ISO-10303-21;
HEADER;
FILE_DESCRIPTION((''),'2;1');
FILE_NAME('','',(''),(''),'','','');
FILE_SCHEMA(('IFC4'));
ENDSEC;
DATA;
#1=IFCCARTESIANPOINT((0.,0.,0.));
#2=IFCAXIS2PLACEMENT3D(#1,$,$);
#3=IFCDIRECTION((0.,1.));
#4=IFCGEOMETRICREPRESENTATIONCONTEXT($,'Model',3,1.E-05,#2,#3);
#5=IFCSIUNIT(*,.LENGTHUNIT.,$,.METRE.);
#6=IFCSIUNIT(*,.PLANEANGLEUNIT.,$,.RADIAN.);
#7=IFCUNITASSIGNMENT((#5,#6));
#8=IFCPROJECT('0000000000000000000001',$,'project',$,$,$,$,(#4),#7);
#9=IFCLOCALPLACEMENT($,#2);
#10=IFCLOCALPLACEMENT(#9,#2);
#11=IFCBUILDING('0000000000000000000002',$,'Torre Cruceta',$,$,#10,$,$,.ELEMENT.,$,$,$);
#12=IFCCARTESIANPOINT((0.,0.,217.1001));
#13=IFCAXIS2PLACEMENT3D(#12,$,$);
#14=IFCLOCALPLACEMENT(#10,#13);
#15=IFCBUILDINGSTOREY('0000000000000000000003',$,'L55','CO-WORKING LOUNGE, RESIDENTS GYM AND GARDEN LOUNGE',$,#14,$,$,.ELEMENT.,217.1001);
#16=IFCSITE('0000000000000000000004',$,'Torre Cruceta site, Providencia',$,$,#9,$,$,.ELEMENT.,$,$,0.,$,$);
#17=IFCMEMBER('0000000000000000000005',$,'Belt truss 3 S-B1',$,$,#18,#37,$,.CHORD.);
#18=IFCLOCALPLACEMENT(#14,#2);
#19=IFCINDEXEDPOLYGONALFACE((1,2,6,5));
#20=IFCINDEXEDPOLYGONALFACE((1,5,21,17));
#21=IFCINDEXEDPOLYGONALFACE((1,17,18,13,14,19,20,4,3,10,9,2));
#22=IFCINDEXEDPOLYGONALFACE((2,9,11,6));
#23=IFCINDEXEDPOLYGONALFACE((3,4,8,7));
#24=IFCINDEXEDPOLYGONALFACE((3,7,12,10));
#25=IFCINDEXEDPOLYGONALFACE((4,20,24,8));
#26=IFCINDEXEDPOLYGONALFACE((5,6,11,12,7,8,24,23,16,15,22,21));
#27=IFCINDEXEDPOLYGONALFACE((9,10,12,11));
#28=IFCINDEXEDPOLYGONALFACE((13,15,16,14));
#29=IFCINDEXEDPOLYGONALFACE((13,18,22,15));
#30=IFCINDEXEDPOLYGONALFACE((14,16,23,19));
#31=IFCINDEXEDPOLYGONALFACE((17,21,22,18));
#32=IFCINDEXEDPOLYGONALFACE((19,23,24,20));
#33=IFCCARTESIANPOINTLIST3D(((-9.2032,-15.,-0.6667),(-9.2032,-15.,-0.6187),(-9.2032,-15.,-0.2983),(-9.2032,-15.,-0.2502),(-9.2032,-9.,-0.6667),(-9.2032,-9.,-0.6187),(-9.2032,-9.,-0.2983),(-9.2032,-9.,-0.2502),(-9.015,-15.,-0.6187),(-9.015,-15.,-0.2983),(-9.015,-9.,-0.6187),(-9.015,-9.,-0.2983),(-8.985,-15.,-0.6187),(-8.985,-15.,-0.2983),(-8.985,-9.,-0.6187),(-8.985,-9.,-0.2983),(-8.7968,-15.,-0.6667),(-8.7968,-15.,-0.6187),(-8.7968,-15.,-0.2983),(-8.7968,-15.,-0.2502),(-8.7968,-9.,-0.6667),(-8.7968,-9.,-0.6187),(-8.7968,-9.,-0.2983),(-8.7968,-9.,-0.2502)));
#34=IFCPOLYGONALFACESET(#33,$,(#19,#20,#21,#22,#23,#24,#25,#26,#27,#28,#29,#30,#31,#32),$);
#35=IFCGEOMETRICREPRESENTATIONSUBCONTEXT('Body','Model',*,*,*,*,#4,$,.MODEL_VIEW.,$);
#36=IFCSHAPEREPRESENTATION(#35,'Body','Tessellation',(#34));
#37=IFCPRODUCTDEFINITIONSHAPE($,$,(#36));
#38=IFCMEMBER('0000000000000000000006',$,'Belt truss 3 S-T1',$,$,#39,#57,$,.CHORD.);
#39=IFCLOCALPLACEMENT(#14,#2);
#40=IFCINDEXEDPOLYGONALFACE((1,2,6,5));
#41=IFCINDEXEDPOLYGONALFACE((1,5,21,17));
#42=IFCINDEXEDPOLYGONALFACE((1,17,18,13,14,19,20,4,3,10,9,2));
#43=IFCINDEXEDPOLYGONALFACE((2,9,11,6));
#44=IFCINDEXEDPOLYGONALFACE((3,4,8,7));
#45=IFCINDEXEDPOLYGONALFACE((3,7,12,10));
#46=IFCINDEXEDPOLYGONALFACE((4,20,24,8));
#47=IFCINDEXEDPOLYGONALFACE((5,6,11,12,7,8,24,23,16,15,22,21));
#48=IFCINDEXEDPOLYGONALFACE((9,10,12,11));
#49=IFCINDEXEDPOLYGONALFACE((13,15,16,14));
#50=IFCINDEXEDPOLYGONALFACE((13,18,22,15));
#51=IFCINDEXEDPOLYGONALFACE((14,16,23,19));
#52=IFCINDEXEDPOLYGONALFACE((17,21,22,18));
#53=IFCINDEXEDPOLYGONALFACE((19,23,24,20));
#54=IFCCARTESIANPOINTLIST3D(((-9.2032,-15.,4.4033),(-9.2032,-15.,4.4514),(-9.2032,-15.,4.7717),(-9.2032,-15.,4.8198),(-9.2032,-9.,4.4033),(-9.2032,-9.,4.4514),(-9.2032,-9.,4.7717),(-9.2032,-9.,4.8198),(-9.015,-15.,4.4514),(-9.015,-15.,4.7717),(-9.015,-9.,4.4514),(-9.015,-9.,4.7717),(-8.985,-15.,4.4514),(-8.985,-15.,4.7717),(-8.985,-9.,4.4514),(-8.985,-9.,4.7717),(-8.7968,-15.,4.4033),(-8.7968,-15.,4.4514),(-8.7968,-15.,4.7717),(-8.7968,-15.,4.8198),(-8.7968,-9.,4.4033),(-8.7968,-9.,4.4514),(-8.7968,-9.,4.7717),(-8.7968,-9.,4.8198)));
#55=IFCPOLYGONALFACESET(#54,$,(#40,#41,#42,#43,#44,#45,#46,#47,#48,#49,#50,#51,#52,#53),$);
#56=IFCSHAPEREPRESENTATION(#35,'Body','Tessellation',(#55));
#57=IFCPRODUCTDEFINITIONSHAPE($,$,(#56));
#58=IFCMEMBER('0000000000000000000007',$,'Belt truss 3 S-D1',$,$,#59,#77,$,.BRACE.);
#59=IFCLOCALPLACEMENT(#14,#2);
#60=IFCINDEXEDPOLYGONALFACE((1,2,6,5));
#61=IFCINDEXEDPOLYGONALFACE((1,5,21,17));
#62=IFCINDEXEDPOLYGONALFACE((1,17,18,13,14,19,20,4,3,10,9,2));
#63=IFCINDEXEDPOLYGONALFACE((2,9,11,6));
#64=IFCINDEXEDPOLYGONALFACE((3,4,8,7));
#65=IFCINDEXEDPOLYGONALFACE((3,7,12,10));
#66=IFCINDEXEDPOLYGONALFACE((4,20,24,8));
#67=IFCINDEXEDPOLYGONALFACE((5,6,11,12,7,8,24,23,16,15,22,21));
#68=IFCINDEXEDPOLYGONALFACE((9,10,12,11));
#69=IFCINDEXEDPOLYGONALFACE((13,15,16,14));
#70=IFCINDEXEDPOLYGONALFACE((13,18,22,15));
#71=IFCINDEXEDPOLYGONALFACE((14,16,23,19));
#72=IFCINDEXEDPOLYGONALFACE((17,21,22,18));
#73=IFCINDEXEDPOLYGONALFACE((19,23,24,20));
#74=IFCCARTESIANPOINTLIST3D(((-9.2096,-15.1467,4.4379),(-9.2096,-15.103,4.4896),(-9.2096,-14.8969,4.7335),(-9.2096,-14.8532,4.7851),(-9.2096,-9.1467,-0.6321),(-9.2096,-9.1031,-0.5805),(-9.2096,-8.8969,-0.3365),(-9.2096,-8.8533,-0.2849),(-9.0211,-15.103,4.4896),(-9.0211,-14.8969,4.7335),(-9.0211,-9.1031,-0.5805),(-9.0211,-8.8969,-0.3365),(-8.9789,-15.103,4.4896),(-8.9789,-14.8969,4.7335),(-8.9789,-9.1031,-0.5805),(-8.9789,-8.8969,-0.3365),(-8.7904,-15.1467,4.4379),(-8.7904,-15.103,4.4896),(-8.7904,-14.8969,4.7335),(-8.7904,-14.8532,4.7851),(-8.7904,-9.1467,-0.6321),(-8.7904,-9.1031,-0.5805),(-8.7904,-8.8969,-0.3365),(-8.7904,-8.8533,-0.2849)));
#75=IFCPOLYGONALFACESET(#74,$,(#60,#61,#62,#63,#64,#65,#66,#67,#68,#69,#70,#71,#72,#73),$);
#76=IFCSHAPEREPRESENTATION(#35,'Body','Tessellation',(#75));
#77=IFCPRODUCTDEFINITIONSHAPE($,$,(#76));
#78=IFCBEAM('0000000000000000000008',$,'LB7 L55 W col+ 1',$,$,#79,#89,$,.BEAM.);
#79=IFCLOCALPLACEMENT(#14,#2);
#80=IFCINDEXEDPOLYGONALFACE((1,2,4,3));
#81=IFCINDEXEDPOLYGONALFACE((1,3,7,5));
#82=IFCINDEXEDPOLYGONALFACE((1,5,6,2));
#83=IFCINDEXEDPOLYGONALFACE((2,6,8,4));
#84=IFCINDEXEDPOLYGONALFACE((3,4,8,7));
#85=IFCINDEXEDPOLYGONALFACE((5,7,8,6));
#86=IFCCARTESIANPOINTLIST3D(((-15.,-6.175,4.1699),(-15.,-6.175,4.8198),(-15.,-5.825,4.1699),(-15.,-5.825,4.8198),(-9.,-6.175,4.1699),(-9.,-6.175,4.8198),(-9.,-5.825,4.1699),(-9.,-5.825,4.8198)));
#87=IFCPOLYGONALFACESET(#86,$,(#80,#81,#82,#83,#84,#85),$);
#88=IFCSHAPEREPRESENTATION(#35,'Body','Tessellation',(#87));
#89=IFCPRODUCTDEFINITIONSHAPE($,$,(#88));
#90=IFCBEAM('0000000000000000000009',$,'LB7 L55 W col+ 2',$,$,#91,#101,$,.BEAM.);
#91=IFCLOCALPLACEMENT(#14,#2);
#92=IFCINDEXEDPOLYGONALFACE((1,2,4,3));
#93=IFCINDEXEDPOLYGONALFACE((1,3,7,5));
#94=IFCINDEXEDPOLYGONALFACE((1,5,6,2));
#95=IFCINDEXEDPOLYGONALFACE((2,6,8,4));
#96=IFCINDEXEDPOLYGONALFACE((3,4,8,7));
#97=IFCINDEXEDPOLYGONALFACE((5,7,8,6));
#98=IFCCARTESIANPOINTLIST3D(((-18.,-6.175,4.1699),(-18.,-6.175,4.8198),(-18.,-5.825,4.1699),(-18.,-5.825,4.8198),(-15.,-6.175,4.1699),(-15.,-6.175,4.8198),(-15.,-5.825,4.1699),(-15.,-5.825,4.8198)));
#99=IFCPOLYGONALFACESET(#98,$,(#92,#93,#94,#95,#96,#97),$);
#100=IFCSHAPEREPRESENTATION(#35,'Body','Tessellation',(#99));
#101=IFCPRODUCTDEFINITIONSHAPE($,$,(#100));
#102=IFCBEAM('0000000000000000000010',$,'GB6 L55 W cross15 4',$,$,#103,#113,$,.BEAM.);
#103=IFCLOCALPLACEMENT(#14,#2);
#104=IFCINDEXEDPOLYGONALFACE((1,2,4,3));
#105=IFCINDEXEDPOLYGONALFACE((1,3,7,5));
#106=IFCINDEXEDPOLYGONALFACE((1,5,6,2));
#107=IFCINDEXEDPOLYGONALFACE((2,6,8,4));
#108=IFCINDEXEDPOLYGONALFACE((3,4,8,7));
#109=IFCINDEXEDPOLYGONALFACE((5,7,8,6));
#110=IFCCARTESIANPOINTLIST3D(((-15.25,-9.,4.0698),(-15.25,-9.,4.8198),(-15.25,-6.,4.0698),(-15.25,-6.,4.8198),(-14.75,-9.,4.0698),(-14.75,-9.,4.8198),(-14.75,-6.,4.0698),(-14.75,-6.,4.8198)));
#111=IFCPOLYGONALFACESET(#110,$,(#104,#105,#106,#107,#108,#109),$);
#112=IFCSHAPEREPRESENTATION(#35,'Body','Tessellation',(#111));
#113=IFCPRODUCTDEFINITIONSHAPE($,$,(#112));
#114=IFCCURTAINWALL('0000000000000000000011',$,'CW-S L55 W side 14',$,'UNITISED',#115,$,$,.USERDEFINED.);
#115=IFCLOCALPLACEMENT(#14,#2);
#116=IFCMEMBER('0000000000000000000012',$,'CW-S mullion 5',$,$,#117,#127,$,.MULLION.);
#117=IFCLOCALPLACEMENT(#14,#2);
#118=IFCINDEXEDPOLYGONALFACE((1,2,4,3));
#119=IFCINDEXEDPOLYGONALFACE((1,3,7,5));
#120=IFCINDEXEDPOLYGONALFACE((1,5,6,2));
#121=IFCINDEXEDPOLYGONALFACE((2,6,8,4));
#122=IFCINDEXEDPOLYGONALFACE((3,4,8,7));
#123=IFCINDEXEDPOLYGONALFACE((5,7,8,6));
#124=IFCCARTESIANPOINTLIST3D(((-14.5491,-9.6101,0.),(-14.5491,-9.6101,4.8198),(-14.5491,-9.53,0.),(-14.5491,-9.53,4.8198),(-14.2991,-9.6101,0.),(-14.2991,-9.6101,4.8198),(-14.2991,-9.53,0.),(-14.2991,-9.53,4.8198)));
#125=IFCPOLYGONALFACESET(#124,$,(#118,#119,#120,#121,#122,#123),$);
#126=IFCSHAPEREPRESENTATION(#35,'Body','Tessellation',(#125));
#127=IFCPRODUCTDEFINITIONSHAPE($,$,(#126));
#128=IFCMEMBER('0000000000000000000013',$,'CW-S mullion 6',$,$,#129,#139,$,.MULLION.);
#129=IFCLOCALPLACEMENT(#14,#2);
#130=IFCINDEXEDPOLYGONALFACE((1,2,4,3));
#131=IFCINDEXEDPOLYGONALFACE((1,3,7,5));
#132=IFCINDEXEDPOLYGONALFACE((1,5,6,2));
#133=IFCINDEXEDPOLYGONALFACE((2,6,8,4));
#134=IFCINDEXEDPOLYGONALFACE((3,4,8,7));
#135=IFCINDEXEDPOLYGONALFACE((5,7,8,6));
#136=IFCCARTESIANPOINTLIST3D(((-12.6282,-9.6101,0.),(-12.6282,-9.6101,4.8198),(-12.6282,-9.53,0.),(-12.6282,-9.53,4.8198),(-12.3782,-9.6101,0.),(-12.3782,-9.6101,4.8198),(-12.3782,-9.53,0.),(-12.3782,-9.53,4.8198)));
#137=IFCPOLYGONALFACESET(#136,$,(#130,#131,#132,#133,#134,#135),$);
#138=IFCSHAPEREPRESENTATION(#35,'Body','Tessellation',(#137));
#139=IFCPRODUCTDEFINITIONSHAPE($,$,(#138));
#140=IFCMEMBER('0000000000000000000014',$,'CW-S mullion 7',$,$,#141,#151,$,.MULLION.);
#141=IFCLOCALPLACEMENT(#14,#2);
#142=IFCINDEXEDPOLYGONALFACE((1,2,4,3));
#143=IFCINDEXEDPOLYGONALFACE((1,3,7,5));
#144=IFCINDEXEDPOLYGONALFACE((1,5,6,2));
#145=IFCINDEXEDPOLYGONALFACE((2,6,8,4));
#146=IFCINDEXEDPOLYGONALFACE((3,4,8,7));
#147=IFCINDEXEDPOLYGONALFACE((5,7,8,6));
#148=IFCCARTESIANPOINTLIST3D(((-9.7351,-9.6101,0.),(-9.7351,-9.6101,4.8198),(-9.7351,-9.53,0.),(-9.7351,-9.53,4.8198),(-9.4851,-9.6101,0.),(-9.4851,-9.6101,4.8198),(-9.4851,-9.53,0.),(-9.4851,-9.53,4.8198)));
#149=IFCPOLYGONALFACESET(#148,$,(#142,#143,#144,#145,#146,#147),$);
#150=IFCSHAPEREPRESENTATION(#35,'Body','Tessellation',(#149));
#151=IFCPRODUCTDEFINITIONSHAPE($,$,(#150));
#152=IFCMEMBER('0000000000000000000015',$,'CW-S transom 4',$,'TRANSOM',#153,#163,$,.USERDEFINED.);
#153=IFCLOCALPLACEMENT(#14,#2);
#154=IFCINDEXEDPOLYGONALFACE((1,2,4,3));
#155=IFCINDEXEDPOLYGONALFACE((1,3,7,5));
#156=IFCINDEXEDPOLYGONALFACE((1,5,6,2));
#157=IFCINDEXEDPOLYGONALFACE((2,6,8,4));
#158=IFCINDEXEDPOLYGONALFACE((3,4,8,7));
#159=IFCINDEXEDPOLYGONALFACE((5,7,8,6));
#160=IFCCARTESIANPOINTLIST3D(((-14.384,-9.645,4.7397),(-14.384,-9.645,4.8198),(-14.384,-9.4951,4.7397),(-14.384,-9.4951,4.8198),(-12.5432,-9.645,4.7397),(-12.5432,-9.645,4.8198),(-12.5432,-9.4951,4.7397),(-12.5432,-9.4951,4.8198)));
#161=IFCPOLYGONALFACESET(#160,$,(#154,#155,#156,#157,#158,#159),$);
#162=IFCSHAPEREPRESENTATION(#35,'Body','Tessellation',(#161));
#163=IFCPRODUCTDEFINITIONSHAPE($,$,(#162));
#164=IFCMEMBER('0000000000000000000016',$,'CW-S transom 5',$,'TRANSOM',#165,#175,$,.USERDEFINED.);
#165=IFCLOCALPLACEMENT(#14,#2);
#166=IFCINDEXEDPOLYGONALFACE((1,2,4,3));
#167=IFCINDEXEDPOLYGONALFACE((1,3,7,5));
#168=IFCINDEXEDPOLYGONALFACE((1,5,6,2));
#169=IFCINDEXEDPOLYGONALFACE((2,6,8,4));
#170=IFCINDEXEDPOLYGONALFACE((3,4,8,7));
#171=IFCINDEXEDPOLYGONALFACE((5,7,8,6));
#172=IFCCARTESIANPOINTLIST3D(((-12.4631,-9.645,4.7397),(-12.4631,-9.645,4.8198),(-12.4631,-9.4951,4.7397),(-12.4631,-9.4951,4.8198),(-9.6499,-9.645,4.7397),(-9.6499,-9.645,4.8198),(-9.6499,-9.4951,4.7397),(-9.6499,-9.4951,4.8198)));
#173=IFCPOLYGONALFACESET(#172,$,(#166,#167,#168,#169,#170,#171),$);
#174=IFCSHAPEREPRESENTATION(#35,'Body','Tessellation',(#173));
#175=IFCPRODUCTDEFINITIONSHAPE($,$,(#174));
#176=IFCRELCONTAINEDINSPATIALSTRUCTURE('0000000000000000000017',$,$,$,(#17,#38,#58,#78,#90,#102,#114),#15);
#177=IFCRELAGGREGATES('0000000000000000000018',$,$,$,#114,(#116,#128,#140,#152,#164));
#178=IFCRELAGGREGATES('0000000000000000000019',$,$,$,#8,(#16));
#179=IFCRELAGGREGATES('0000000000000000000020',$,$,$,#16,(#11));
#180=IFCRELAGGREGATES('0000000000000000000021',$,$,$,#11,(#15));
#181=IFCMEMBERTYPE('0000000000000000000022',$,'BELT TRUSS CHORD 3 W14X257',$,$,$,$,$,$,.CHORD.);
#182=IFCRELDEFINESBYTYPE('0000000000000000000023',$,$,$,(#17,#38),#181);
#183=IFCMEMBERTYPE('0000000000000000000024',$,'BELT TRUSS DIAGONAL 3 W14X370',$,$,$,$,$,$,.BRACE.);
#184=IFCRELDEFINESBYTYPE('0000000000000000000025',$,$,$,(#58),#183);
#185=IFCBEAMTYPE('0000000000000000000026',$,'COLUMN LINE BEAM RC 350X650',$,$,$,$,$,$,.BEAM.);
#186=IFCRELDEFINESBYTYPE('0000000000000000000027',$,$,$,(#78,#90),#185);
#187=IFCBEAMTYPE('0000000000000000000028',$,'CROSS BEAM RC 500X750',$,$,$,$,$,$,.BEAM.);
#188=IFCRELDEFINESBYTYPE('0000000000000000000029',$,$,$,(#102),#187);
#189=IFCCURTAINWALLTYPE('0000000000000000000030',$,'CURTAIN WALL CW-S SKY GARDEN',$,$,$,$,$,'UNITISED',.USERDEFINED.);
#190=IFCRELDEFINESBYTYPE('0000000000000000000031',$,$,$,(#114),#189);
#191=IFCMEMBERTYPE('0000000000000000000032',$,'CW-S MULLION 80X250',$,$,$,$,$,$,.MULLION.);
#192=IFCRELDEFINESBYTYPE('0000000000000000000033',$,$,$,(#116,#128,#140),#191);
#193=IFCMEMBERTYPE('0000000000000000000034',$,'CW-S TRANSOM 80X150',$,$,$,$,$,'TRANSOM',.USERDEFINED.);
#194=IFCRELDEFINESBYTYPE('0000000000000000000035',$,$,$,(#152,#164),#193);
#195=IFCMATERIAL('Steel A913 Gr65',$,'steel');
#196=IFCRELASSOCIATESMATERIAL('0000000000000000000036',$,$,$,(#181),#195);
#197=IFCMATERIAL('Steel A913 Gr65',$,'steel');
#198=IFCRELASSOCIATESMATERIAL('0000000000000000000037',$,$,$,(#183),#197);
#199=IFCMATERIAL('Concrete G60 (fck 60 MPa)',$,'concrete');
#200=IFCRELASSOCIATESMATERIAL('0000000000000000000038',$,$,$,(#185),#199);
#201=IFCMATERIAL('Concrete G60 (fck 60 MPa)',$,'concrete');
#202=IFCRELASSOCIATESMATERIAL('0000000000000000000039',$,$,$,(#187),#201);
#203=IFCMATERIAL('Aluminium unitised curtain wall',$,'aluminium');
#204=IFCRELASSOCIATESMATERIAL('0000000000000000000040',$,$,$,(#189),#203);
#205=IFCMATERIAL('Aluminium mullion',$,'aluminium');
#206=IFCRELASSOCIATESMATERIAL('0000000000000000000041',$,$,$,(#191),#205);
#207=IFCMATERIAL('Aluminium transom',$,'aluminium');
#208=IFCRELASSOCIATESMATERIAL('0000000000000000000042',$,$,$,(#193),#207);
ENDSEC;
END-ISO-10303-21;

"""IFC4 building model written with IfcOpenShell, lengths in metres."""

from ifc_helpers import new_model, si_unit, direction, frame, origin, origin_2d, place, context, subcontext, project, spatial, rectangle, i_section, extrude, material, material_profile, profile_set, type_object, element, aggregate, save


model = new_model("IFC4")

# Units and contexts
model_context = context("Model", 3, precision=1e-05, world=origin(), true_north=direction((0.0, 1.0)))
body_context = subcontext(model_context, "Body", "Model", "MODEL_VIEW")
ifc_project = project(units=[si_unit("LENGTHUNIT", "METRE"), si_unit("PLANEANGLEUNIT", "RADIAN")], contexts=[model_context])

# Site, building, storey
site_placement = place(None, origin())
site = spatial("IfcSite", under=ifc_project, at=site_placement, Name="Torre Cruceta site, Providencia", CompositionType="ELEMENT", RefElevation=0.0)
building_placement = place(site_placement, origin())
building = spatial("IfcBuilding", under=site, at=building_placement, Name="Torre Cruceta", CompositionType="ELEMENT")
storey_placement = place(building_placement, frame((0.0, 0.0, 217.1001)))
storey = spatial("IfcBuildingStorey", under=building, at=storey_placement, Name="L55", Description="CO-WORKING LOUNGE, RESIDENTS GYM AND GARDEN LOUNGE", CompositionType="ELEMENT", Elevation=217.1001)

# Members
ifc_material_1 = material(Name="Steel A913 Gr65", Category="steel")
ifc_material_profile_1 = material_profile(ifc_material_1, i_section(OverallWidth=0.4065, OverallDepth=0.4165, WebThickness=0.03, FlangeThickness=0.0481, at=origin_2d()), Name="W14X257")
ifc_profile_set_1 = profile_set([ifc_material_profile_1], Name="Steel A913 Gr65")
member_type_1 = type_object("IfcMemberType", Name="BELT TRUSS CHORD 3 W14X257", PredefinedType="CHORD", material=ifc_profile_set_1)
for number, where, z_axis, x_axis, name in (
    (1, (-9.0, -9.0, -0.4585), (0.0, -1.0, 0.0), (1.0, 0.0, 0.0), "Belt truss 3 S-B1"),
    (2, (-9.0, -9.0, 4.6116), (0.0, -1.0, 0.0), (1.0, 0.0, 0.0), "Belt truss 3 S-T1"),
):
    element("IfcMember", number, at=place(storey_placement, frame(where, z_axis=z_axis, x_axis=x_axis)), inside=storey, type_object=member_type_1, Name=name, PredefinedType="CHORD", context=body_context, shape_type="SweptSolid", body=[
        extrude(i_section(OverallWidth=0.4065, OverallDepth=0.4165, WebThickness=0.03, FlangeThickness=0.0481, at=origin_2d()), origin(), (0.0, 0.0, 1.0), 6.0),
    ])
ifc_material_2 = material(Name="Steel A913 Gr65", Category="steel")
ifc_material_profile_2 = material_profile(ifc_material_2, i_section(OverallWidth=0.4192, OverallDepth=0.4546, WebThickness=0.0422, FlangeThickness=0.0676, at=origin_2d()), Name="W14X370")
ifc_profile_set_2 = profile_set([ifc_material_profile_2], Name="Steel A913 Gr65")
member_type_2 = type_object("IfcMemberType", Name="BELT TRUSS DIAGONAL 3 W14X370", PredefinedType="BRACE", material=ifc_profile_set_2)
member_1_placement = place(storey_placement, frame((-9.0, -9.0, -0.4585), z_axis=(0.0, -0.763816, 0.645434), x_axis=(1.0, 0.0, 0.0)))
element("IfcMember", 3, at=member_1_placement, inside=storey, type_object=member_type_2, Name="Belt truss 3 S-D1", PredefinedType="BRACE", context=body_context, shape_type="SweptSolid", body=[
    extrude(i_section(OverallWidth=0.4192, OverallDepth=0.4546, WebThickness=0.0422, FlangeThickness=0.0676, at=origin_2d()), origin(), (0.0, 0.0, 1.0), 7.8552),
])

# Beams
ifc_material_3 = material(Name="Concrete G60 (fck 60 MPa)", Category="concrete")
ifc_material_profile_3 = material_profile(ifc_material_3, rectangle(XDim=0.3501, YDim=0.6499, at=origin_2d()), Name="RC 350X650")
ifc_profile_set_3 = profile_set([ifc_material_profile_3], Name="Concrete G60 (fck 60 MPa)")
beam_type_1 = type_object("IfcBeamType", Name="COLUMN LINE BEAM RC 350X650", PredefinedType="BEAM", material=ifc_profile_set_3)
beam_1_placement = place(storey_placement, frame((-9.0, -6.0, 4.4949), z_axis=(-1.0, 0.0, 0.0), x_axis=(0.0, -1.0, 0.0)))
element("IfcBeam", 4, at=beam_1_placement, inside=storey, type_object=beam_type_1, Name="LB7 L55 W col+ 1", PredefinedType="BEAM", context=body_context, shape_type="SweptSolid", body=[
    extrude(rectangle(XDim=0.3501, YDim=0.6499, at=origin_2d()), origin(), (0.0, 0.0, 1.0), 6.0),
])
beam_2_placement = place(storey_placement, frame((-15.0, -6.0, 4.4949), z_axis=(-1.0, 0.0, 0.0), x_axis=(0.0, -1.0, 0.0)))
element("IfcBeam", 5, at=beam_2_placement, inside=storey, type_object=beam_type_1, Name="LB7 L55 W col+ 2", PredefinedType="BEAM", context=body_context, shape_type="SweptSolid", body=[
    extrude(rectangle(XDim=0.3501, YDim=0.6499, at=origin_2d()), origin(), (0.0, 0.0, 1.0), 3.0),
])
ifc_material_4 = material(Name="Concrete G60 (fck 60 MPa)", Category="concrete")
ifc_material_profile_4 = material_profile(ifc_material_4, rectangle(XDim=0.5, YDim=0.75, at=origin_2d()), Name="RC 500X750")
ifc_profile_set_4 = profile_set([ifc_material_profile_4], Name="Concrete G60 (fck 60 MPa)")
beam_type_2 = type_object("IfcBeamType", Name="CROSS BEAM RC 500X750", PredefinedType="BEAM", material=ifc_profile_set_4)
beam_3_placement = place(storey_placement, frame((-15.0, -6.0, 4.4448), z_axis=(0.0, -1.0, 0.0), x_axis=(1.0, 0.0, 0.0)))
element("IfcBeam", 6, at=beam_3_placement, inside=storey, type_object=beam_type_2, Name="GB6 L55 W cross15 4", PredefinedType="BEAM", context=body_context, shape_type="SweptSolid", body=[
    extrude(rectangle(XDim=0.5, YDim=0.75, at=origin_2d()), origin(), (0.0, 0.0, 1.0), 3.0),
])

# Curtain wall, members
ifc_material_5 = material(Name="Aluminium unitised curtain wall", Category="aluminium")
curtain_wall_type = type_object("IfcCurtainWallType", Name="CURTAIN WALL CW-S SKY GARDEN", ElementType="UNITISED", PredefinedType="USERDEFINED", material=ifc_material_5)
curtain_wall_placement = place(storey_placement, origin())
curtain_wall = element("IfcCurtainWall", 7, at=curtain_wall_placement, inside=storey, type_object=curtain_wall_type, Name="CW-S L55 W side 14", ObjectType="UNITISED", PredefinedType="USERDEFINED")
ifc_material_6 = material(Name="Aluminium mullion", Category="aluminium")
ifc_material_profile_5 = material_profile(ifc_material_6, rectangle(XDim=0.0801, YDim=0.25, at=origin_2d()), Name="AL 80X250")
ifc_profile_set_5 = profile_set([ifc_material_profile_5], Name="Aluminium mullion")
member_type_3 = type_object("IfcMemberType", Name="CW-S MULLION 80X250", PredefinedType="MULLION", material=ifc_profile_set_5)
member_2_placement = place(storey_placement, frame((-14.4241, -9.5701, 0.0), z_axis=(0.0, 0.0, 1.0), x_axis=(0.0, 1.0, 0.0)))
member_2 = element("IfcMember", 8, at=member_2_placement, type_object=member_type_3, Name="CW-S mullion 5", PredefinedType="MULLION", context=body_context, shape_type="SweptSolid", body=[
    extrude(rectangle(XDim=0.0801, YDim=0.25, at=origin_2d()), origin(), (0.0, 0.0, 1.0), 4.8198),
])
member_3_placement = place(storey_placement, frame((-12.5032, -9.5701, 0.0), z_axis=(0.0, 0.0, 1.0), x_axis=(0.0, 1.0, 0.0)))
member_3 = element("IfcMember", 9, at=member_3_placement, type_object=member_type_3, Name="CW-S mullion 6", PredefinedType="MULLION", context=body_context, shape_type="SweptSolid", body=[
    extrude(rectangle(XDim=0.0801, YDim=0.25, at=origin_2d()), origin(), (0.0, 0.0, 1.0), 4.8198),
])
member_4_placement = place(storey_placement, frame((-9.6101, -9.5701, 0.0), z_axis=(0.0, 0.0, 1.0), x_axis=(0.0, 1.0, 0.0)))
member_4 = element("IfcMember", 10, at=member_4_placement, type_object=member_type_3, Name="CW-S mullion 7", PredefinedType="MULLION", context=body_context, shape_type="SweptSolid", body=[
    extrude(rectangle(XDim=0.0801, YDim=0.25, at=origin_2d()), origin(), (0.0, 0.0, 1.0), 4.8198),
])
ifc_material_7 = material(Name="Aluminium transom", Category="aluminium")
ifc_material_profile_6 = material_profile(ifc_material_7, rectangle(XDim=0.1499, YDim=0.0801, at=origin_2d()), Name="AL 150X80")
ifc_profile_set_6 = profile_set([ifc_material_profile_6], Name="Aluminium transom")
member_type_4 = type_object("IfcMemberType", Name="CW-S TRANSOM 80X150", ElementType="TRANSOM", PredefinedType="USERDEFINED", material=ifc_profile_set_6)
member_5_placement = place(storey_placement, frame((-14.384, -9.5701, 4.7798), z_axis=(1.0, 0.0, 0.0), x_axis=(0.0, 1.0, 0.0)))
member_5 = element("IfcMember", 11, at=member_5_placement, type_object=member_type_4, Name="CW-S transom 4", ObjectType="TRANSOM", PredefinedType="USERDEFINED", context=body_context, shape_type="SweptSolid", body=[
    extrude(rectangle(XDim=0.1499, YDim=0.0801, at=origin_2d()), origin(), (0.0, 0.0, 1.0), 1.8408),
])
member_6_placement = place(storey_placement, frame((-12.4631, -9.5701, 4.7798), z_axis=(1.0, 0.0, 0.0), x_axis=(0.0, 1.0, 0.0)))
member_6 = element("IfcMember", 12, at=member_6_placement, type_object=member_type_4, Name="CW-S transom 5", ObjectType="TRANSOM", PredefinedType="USERDEFINED", context=body_context, shape_type="SweptSolid", body=[
    extrude(rectangle(XDim=0.1499, YDim=0.0801, at=origin_2d()), origin(), (0.0, 0.0, 1.0), 2.8132),
])

aggregate(curtain_wall, [member_2, member_3, member_4, member_5, member_6])

save(model, "model.ifc")
